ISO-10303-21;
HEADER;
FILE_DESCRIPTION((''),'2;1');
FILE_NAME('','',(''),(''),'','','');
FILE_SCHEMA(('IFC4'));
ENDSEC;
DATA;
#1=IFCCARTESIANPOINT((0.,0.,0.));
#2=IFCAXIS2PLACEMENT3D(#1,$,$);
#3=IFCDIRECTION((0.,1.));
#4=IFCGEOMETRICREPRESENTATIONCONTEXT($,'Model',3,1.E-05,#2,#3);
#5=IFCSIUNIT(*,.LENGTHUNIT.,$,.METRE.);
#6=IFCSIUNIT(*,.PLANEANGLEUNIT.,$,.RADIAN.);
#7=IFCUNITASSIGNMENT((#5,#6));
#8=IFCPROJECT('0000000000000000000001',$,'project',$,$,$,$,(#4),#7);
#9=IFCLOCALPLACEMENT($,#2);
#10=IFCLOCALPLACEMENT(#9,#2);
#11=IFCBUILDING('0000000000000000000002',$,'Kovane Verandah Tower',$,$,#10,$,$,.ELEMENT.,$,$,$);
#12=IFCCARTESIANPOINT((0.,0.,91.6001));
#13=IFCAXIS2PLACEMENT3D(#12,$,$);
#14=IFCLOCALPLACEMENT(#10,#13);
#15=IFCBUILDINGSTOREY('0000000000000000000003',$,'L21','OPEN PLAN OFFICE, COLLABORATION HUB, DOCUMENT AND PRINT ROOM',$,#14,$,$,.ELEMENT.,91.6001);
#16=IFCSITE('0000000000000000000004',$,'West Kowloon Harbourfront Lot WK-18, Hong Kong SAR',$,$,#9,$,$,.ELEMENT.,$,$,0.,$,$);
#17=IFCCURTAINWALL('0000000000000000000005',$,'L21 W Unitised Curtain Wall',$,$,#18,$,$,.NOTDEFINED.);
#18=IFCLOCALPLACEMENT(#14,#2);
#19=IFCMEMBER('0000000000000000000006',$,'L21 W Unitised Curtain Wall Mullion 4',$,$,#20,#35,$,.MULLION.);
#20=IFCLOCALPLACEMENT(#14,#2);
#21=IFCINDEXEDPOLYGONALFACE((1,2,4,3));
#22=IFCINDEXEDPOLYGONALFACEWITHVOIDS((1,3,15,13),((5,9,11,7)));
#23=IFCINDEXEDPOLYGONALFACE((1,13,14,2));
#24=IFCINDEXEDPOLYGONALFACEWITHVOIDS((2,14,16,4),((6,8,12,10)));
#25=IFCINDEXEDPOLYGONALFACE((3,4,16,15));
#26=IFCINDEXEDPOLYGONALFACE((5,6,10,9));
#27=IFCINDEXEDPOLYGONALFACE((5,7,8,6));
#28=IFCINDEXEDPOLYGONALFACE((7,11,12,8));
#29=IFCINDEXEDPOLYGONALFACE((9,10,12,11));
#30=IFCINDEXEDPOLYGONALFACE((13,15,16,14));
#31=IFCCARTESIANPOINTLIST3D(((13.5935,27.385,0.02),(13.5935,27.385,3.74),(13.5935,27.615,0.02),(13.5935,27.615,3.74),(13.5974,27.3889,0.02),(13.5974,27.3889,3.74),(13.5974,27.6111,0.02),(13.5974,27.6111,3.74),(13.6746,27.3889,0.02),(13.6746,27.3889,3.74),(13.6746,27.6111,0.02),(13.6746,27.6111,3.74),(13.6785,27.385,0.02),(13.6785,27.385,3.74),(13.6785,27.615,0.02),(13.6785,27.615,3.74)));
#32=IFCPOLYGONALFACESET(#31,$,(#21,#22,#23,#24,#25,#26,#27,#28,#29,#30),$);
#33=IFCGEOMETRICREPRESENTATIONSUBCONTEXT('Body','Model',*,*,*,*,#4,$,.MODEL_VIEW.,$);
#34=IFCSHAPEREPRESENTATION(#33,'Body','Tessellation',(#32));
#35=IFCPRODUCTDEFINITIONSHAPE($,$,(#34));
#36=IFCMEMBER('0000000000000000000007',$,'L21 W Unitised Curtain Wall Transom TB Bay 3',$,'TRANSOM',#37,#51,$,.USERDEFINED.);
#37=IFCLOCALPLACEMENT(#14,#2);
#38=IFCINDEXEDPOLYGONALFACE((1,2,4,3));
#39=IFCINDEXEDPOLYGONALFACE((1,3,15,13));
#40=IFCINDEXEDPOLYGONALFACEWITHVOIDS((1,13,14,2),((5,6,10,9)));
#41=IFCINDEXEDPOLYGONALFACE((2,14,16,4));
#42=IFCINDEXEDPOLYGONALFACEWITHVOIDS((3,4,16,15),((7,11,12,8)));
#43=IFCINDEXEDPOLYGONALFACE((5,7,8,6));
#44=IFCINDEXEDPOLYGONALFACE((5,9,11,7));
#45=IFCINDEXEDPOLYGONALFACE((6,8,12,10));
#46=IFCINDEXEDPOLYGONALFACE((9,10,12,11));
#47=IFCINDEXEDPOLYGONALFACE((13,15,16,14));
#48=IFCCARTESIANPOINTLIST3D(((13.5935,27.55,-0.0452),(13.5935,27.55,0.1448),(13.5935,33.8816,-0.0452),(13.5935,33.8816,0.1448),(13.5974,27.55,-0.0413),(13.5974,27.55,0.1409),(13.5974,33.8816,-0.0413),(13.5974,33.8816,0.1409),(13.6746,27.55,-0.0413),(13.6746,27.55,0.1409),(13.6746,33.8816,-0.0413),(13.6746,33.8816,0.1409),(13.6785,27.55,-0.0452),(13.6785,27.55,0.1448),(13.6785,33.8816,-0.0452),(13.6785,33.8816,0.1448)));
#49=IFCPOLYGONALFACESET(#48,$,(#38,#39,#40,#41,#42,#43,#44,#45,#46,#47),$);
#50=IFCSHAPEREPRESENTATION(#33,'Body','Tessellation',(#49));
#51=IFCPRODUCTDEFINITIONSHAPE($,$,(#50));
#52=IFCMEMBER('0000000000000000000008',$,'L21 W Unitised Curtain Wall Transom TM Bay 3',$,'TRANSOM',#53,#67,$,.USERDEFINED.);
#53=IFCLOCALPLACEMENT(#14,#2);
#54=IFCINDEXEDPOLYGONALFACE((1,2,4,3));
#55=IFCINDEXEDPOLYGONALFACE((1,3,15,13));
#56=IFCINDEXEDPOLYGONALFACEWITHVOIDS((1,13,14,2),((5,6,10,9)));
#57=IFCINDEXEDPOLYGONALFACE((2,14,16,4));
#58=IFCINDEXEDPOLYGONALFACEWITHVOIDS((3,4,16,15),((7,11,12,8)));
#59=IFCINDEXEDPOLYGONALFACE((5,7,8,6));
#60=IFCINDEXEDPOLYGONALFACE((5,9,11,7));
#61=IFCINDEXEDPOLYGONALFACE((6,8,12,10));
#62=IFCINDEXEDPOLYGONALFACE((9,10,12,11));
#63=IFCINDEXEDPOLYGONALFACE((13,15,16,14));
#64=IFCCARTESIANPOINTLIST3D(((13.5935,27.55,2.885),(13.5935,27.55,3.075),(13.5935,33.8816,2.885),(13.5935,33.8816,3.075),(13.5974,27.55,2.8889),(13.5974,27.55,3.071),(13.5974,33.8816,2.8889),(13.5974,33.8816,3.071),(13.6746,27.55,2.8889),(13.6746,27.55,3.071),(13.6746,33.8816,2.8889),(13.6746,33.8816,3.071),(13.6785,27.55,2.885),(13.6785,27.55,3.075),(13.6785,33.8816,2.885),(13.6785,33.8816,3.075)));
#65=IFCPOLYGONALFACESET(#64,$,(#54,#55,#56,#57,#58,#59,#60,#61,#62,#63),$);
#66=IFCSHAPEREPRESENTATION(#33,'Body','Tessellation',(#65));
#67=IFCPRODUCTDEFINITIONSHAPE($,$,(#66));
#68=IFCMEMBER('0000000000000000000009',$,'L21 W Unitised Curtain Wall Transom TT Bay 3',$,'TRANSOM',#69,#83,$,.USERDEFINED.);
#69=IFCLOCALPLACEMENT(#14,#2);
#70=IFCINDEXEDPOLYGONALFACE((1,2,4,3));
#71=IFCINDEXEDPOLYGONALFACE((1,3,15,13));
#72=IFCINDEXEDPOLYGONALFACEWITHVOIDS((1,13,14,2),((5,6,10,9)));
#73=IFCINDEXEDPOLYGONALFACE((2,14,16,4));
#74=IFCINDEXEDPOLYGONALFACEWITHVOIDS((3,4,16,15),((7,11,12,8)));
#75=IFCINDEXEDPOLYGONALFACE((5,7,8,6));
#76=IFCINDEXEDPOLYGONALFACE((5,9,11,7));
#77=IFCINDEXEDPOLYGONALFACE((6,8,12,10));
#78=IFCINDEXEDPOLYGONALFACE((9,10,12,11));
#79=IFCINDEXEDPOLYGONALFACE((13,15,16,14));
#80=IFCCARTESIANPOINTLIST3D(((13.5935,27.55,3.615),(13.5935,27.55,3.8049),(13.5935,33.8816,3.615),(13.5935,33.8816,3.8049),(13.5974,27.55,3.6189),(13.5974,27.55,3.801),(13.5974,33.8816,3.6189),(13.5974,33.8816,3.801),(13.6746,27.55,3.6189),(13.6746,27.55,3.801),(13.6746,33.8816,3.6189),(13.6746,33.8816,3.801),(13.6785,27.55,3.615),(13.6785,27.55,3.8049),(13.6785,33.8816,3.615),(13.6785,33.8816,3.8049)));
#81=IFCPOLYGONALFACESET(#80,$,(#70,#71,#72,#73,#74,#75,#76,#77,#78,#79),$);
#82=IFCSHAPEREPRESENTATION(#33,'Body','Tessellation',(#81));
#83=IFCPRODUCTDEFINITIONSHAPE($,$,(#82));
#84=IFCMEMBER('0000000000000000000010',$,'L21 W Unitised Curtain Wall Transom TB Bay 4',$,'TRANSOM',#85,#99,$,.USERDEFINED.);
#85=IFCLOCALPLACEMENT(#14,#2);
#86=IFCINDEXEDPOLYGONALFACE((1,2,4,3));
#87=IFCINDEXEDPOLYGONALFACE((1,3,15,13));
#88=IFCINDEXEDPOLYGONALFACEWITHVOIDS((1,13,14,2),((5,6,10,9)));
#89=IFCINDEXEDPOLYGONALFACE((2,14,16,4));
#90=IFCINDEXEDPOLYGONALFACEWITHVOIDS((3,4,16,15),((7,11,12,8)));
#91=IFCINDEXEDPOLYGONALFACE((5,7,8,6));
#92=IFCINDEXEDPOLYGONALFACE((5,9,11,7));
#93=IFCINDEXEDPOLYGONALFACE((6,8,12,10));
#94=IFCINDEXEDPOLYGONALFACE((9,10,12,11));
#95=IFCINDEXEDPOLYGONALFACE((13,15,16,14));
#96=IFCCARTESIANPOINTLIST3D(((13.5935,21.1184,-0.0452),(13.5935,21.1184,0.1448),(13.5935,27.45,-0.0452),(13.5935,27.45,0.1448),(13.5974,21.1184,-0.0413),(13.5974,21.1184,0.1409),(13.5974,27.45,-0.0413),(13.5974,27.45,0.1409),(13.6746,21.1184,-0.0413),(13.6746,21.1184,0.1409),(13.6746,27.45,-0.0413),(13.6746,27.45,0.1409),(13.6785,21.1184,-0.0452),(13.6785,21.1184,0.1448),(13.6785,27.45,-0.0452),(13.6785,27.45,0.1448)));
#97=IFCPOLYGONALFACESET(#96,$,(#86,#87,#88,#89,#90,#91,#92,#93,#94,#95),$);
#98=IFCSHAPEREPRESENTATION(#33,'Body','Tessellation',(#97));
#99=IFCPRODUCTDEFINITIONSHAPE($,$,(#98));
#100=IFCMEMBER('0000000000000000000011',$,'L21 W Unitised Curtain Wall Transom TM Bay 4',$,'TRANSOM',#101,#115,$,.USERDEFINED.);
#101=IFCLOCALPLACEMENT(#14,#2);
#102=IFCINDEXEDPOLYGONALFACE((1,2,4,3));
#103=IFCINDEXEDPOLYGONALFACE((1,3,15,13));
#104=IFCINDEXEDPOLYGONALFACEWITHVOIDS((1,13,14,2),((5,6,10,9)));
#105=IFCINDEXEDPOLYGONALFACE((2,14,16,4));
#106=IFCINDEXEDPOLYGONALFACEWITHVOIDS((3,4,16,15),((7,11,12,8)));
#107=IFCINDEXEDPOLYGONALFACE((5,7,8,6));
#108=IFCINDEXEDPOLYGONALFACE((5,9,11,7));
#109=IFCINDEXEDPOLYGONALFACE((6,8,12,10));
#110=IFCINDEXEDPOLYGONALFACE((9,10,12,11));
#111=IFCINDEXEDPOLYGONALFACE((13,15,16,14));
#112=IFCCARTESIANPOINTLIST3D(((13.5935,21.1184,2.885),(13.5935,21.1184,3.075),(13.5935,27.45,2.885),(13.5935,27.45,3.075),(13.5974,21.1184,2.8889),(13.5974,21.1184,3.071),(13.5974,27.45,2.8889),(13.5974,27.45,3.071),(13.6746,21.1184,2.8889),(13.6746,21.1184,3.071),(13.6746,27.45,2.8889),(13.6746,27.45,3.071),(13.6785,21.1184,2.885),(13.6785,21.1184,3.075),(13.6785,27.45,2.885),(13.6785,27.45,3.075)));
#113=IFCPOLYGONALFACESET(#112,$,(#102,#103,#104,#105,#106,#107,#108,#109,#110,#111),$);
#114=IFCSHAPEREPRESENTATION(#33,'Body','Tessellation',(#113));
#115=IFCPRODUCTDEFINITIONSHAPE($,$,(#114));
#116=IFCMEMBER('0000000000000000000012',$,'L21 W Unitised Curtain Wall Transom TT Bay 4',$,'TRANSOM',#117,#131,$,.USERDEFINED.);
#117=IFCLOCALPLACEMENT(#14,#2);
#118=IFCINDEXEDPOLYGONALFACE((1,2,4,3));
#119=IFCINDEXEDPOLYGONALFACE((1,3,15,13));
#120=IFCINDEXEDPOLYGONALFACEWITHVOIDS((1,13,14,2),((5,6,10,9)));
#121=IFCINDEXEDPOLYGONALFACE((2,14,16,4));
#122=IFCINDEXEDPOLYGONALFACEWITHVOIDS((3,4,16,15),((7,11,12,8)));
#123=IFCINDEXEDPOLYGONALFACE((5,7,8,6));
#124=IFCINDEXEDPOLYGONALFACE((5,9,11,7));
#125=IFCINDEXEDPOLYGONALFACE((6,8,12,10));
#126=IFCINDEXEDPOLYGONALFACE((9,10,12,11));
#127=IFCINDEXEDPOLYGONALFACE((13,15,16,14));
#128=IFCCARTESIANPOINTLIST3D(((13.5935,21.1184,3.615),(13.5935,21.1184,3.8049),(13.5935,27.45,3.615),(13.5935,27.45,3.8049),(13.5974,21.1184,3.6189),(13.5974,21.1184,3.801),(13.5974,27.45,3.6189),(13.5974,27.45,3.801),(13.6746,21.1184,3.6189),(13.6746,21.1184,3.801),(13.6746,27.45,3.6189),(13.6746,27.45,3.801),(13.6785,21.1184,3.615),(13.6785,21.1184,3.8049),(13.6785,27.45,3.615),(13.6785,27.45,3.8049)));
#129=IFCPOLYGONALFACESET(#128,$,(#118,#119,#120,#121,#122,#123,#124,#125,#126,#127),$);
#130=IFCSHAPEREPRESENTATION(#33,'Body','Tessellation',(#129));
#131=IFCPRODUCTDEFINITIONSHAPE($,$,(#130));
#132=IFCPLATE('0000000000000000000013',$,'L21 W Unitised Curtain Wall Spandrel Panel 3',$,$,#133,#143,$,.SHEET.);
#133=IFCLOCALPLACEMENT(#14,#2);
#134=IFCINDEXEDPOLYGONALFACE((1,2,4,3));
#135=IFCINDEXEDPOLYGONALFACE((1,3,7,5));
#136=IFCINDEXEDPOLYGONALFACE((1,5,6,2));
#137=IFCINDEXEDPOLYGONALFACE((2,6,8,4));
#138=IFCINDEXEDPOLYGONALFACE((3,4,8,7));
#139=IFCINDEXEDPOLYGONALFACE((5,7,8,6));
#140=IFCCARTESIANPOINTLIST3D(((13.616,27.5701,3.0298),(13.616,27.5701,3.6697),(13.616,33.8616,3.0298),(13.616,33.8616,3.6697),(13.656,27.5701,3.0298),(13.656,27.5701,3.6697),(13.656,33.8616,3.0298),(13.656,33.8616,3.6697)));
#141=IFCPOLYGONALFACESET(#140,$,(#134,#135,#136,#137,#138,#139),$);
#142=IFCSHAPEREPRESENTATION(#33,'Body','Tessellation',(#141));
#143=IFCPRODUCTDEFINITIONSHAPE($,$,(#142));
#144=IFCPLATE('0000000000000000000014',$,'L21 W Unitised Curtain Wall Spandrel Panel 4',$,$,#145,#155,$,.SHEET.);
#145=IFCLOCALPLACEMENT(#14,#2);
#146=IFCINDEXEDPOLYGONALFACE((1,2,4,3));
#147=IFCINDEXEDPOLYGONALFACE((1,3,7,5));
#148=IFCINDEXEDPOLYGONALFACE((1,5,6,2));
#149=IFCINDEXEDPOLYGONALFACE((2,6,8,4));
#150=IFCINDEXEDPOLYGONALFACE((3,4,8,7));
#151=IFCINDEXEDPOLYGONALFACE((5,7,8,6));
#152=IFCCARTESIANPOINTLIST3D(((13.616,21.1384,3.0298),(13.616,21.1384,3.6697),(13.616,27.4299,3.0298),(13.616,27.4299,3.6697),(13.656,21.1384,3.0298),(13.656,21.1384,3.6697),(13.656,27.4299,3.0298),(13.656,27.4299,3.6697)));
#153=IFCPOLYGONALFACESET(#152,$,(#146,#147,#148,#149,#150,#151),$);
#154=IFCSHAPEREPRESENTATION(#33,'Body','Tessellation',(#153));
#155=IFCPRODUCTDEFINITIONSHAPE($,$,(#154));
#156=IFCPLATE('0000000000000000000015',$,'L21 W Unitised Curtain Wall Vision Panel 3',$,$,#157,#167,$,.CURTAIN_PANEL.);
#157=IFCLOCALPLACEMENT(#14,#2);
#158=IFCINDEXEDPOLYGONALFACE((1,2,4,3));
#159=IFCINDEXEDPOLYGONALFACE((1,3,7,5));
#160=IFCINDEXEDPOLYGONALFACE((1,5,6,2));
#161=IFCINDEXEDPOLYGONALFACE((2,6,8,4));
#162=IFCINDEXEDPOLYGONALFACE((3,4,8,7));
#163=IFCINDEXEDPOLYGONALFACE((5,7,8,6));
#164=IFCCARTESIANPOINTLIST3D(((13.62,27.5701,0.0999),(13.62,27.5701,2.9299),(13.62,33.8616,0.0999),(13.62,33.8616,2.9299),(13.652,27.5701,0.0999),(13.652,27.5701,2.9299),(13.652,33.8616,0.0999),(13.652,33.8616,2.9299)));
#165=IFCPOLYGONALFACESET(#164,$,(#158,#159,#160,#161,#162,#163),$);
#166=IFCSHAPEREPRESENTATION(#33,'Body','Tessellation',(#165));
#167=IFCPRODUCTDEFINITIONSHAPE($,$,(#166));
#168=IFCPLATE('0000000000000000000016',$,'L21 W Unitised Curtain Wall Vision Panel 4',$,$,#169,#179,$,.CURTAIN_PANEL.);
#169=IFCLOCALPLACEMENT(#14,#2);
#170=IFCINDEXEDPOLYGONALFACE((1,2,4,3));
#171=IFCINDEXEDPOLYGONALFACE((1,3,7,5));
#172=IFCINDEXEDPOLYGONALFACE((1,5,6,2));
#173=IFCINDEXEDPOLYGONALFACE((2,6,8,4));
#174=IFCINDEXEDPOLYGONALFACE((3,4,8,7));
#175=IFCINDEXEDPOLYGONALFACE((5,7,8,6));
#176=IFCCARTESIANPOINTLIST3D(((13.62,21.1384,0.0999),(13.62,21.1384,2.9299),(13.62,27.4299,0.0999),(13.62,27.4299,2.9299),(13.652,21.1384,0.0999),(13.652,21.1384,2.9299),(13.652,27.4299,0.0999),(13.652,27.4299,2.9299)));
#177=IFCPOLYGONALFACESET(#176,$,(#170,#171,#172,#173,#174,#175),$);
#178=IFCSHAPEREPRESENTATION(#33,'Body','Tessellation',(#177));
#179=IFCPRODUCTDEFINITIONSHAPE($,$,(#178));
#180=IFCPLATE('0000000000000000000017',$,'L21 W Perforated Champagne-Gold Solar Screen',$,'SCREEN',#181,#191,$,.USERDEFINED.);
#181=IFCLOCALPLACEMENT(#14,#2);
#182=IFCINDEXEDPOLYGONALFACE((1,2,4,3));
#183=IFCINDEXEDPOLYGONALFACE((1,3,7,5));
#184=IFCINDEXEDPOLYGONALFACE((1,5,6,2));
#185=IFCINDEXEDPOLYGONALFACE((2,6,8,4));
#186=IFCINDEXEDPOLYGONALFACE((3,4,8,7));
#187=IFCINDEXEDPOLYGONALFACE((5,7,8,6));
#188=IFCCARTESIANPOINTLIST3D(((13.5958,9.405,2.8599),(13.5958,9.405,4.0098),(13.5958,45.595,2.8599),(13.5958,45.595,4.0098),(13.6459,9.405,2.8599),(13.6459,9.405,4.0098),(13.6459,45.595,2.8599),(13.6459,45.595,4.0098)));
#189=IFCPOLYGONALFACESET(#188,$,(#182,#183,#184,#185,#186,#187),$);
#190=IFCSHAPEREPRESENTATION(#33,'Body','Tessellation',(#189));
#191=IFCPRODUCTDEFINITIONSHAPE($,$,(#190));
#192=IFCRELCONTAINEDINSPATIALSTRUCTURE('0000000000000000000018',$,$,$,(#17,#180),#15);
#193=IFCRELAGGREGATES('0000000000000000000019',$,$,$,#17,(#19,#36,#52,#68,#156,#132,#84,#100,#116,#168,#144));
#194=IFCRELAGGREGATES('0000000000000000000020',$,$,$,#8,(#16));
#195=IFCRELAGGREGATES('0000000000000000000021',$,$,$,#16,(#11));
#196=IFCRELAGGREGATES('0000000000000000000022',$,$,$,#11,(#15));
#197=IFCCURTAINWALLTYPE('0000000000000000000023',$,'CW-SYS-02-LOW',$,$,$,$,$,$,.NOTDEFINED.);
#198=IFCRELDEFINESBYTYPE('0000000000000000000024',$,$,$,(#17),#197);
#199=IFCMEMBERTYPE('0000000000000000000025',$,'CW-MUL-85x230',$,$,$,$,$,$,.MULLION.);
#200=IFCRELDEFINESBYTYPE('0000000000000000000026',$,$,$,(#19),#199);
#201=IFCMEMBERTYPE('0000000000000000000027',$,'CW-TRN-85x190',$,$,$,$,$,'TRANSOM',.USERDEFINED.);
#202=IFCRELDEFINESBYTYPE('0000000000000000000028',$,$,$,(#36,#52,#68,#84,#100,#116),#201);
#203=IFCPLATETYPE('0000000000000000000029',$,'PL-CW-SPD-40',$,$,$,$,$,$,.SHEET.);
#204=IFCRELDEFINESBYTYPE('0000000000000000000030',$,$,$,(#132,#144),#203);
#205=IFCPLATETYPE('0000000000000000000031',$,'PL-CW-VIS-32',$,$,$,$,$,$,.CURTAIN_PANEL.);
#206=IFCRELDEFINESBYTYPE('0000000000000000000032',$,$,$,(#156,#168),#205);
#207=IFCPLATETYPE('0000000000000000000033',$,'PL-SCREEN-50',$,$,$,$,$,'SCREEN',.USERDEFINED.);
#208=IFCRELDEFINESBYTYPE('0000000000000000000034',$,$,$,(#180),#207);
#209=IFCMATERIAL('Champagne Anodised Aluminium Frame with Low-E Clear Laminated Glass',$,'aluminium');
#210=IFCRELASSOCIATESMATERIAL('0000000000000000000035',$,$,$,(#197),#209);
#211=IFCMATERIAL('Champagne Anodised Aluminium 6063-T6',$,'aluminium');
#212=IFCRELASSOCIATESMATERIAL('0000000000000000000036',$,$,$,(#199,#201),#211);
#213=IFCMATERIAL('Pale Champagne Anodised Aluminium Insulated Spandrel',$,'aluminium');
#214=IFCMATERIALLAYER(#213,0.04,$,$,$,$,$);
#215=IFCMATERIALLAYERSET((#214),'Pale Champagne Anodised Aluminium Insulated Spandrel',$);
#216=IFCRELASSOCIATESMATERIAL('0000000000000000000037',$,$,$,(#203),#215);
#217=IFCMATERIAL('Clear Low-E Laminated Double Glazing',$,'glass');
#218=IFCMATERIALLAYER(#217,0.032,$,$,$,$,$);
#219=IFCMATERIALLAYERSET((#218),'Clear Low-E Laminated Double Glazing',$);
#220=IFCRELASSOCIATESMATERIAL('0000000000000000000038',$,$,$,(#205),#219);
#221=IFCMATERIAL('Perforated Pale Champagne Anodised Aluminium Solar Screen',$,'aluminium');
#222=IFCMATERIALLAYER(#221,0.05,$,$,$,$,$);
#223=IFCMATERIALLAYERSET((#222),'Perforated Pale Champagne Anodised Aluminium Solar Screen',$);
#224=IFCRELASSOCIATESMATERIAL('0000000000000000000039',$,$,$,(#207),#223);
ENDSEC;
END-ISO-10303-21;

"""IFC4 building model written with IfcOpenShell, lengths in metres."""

from ifc_helpers import new_model, si_unit, direction, frame, origin, origin_2d, place, context, subcontext, project, spatial, rectangle, hollow_rectangle, extrude, material, layer, layer_set, material_profile, profile_set, type_object, element, aggregate, save


model = new_model("IFC4")

# Units and contexts
model_context = context("Model", 3, precision=1e-05, world=origin(), true_north=direction((0.0, 1.0)))
body_context = subcontext(model_context, "Body", "Model", "MODEL_VIEW")
ifc_project = project(units=[si_unit("LENGTHUNIT", "METRE"), si_unit("PLANEANGLEUNIT", "RADIAN")], contexts=[model_context])

# Site, building, storey
site_placement = place(None, origin())
site = spatial("IfcSite", under=ifc_project, at=site_placement, Name="West Kowloon Harbourfront Lot WK-18, Hong Kong SAR", CompositionType="ELEMENT", RefElevation=0.0)
building_placement = place(site_placement, origin())
building = spatial("IfcBuilding", under=site, at=building_placement, Name="Kovane Verandah Tower", CompositionType="ELEMENT")
storey_placement = place(building_placement, frame((0.0, 0.0, 91.6001)))
storey = spatial("IfcBuildingStorey", under=building, at=storey_placement, Name="L21", Description="OPEN PLAN OFFICE, COLLABORATION HUB, DOCUMENT AND PRINT ROOM", CompositionType="ELEMENT", Elevation=91.6001)

# Curtain wall, members, plates
ifc_material_1 = material(Name="Champagne Anodised Aluminium Frame with Low-E Clear Laminated Glass", Category="aluminium")
curtain_wall_type = type_object("IfcCurtainWallType", Name="CW-SYS-02-LOW", PredefinedType="NOTDEFINED", material=ifc_material_1)
curtain_wall_placement = place(storey_placement, origin())
curtain_wall = element("IfcCurtainWall", 1, at=curtain_wall_placement, inside=storey, type_object=curtain_wall_type, Name="L21 W Unitised Curtain Wall", PredefinedType="NOTDEFINED")
ifc_material_2 = material(Name="Champagne Anodised Aluminium 6063-T6", Category="aluminium")
ifc_material_profile_1 = material_profile(ifc_material_2, hollow_rectangle(XDim=0.085, YDim=0.23, WallThickness=0.0039, at=origin_2d()), Name="AL85x230x4")
ifc_profile_set_1 = profile_set([ifc_material_profile_1], Name="Champagne Anodised Aluminium 6063-T6")
member_type_1 = type_object("IfcMemberType", Name="CW-MUL-85x230", PredefinedType="MULLION", material=ifc_profile_set_1)
member_1_placement = place(storey_placement, frame((13.636, 27.5, 0.02), z_axis=(0.0, 0.0, 1.0), x_axis=(-1.0, 0.0, 0.0)))
member_1 = element("IfcMember", 2, at=member_1_placement, type_object=member_type_1, Name="L21 W Unitised Curtain Wall Mullion 4", PredefinedType="MULLION", context=body_context, shape_type="SweptSolid", body=[
    extrude(hollow_rectangle(XDim=0.085, YDim=0.23, WallThickness=0.0039, at=origin_2d()), origin(), (0.0, 0.0, 1.0), 3.72),
])
ifc_material_profile_2 = material_profile(ifc_material_2, hollow_rectangle(XDim=0.085, YDim=0.1899, WallThickness=0.0039, at=origin_2d()), Name="AL85x190x4")
ifc_profile_set_2 = profile_set([ifc_material_profile_2], Name="Champagne Anodised Aluminium 6063-T6")
member_type_2 = type_object("IfcMemberType", Name="CW-TRN-85x190", ElementType="TRANSOM", PredefinedType="USERDEFINED", material=ifc_profile_set_2)
member_2_placement = place(storey_placement, frame((13.636, 33.8816, 0.0498), z_axis=(0.0, -1.0, 0.0), x_axis=(1.0, 0.0, 0.0)))
member_2 = element("IfcMember", 3, at=member_2_placement, type_object=member_type_2, Name="L21 W Unitised Curtain Wall Transom TB Bay 3", ObjectType="TRANSOM", PredefinedType="USERDEFINED", context=body_context, shape_type="SweptSolid", body=[
    extrude(hollow_rectangle(XDim=0.085, YDim=0.1899, WallThickness=0.0039, at=origin_2d()), origin(), (0.0, 0.0, 1.0), 6.3315),
])
member_3_placement = place(storey_placement, frame((13.636, 33.8816, 2.98), z_axis=(0.0, -1.0, 0.0), x_axis=(1.0, 0.0, 0.0)))
member_3 = element("IfcMember", 4, at=member_3_placement, type_object=member_type_2, Name="L21 W Unitised Curtain Wall Transom TM Bay 3", ObjectType="TRANSOM", PredefinedType="USERDEFINED", context=body_context, shape_type="SweptSolid", body=[
    extrude(hollow_rectangle(XDim=0.085, YDim=0.1899, WallThickness=0.0039, at=origin_2d()), origin(), (0.0, 0.0, 1.0), 6.3315),
])
member_4_placement = place(storey_placement, frame((13.636, 33.8816, 3.71), z_axis=(0.0, -1.0, 0.0), x_axis=(1.0, 0.0, 0.0)))
member_4 = element("IfcMember", 5, at=member_4_placement, type_object=member_type_2, Name="L21 W Unitised Curtain Wall Transom TT Bay 3", ObjectType="TRANSOM", PredefinedType="USERDEFINED", context=body_context, shape_type="SweptSolid", body=[
    extrude(hollow_rectangle(XDim=0.085, YDim=0.1899, WallThickness=0.0039, at=origin_2d()), origin(), (0.0, 0.0, 1.0), 6.3315),
])
member_5_placement = place(storey_placement, frame((13.636, 27.45, 0.0498), z_axis=(0.0, -1.0, 0.0), x_axis=(1.0, 0.0, 0.0)))
member_5 = element("IfcMember", 6, at=member_5_placement, type_object=member_type_2, Name="L21 W Unitised Curtain Wall Transom TB Bay 4", ObjectType="TRANSOM", PredefinedType="USERDEFINED", context=body_context, shape_type="SweptSolid", body=[
    extrude(hollow_rectangle(XDim=0.085, YDim=0.1899, WallThickness=0.0039, at=origin_2d()), origin(), (0.0, 0.0, 1.0), 6.3315),
])
member_6_placement = place(storey_placement, frame((13.636, 27.45, 2.98), z_axis=(0.0, -1.0, 0.0), x_axis=(1.0, 0.0, 0.0)))
member_6 = element("IfcMember", 7, at=member_6_placement, type_object=member_type_2, Name="L21 W Unitised Curtain Wall Transom TM Bay 4", ObjectType="TRANSOM", PredefinedType="USERDEFINED", context=body_context, shape_type="SweptSolid", body=[
    extrude(hollow_rectangle(XDim=0.085, YDim=0.1899, WallThickness=0.0039, at=origin_2d()), origin(), (0.0, 0.0, 1.0), 6.3315),
])
member_7_placement = place(storey_placement, frame((13.636, 27.45, 3.71), z_axis=(0.0, -1.0, 0.0), x_axis=(1.0, 0.0, 0.0)))
member_7 = element("IfcMember", 8, at=member_7_placement, type_object=member_type_2, Name="L21 W Unitised Curtain Wall Transom TT Bay 4", ObjectType="TRANSOM", PredefinedType="USERDEFINED", context=body_context, shape_type="SweptSolid", body=[
    extrude(hollow_rectangle(XDim=0.085, YDim=0.1899, WallThickness=0.0039, at=origin_2d()), origin(), (0.0, 0.0, 1.0), 6.3315),
])
ifc_material_3 = material(Name="Pale Champagne Anodised Aluminium Insulated Spandrel", Category="aluminium")
ifc_layer_1 = layer(ifc_material_3, 0.04)
ifc_layer_set_1 = layer_set([ifc_layer_1], Name="Pale Champagne Anodised Aluminium Insulated Spandrel")
plate_type_1 = type_object("IfcPlateType", Name="PL-CW-SPD-40", PredefinedType="SHEET", material=ifc_layer_set_1)
plate_1_placement = place(storey_placement, frame((13.636, 30.7158, 3.0298), z_axis=(0.0, 0.0, 1.0), x_axis=(0.0, -1.0, 0.0)))
plate_1 = element("IfcPlate", 9, at=plate_1_placement, type_object=plate_type_1, Name="L21 W Unitised Curtain Wall Spandrel Panel 3", PredefinedType="SHEET", context=body_context, shape_type="SweptSolid", body=[
    extrude(rectangle(XDim=6.2915, YDim=0.04, at=origin_2d()), origin(), (0.0, 0.0, 1.0), 0.6399),
])
plate_2_placement = place(storey_placement, frame((13.636, 24.2842, 3.0298), z_axis=(0.0, 0.0, 1.0), x_axis=(0.0, -1.0, 0.0)))
plate_2 = element("IfcPlate", 10, at=plate_2_placement, type_object=plate_type_1, Name="L21 W Unitised Curtain Wall Spandrel Panel 4", PredefinedType="SHEET", context=body_context, shape_type="SweptSolid", body=[
    extrude(rectangle(XDim=6.2915, YDim=0.04, at=origin_2d()), origin(), (0.0, 0.0, 1.0), 0.6399),
])
ifc_material_4 = material(Name="Clear Low-E Laminated Double Glazing", Category="glass")
ifc_layer_2 = layer(ifc_material_4, 0.032)
ifc_layer_set_2 = layer_set([ifc_layer_2], Name="Clear Low-E Laminated Double Glazing")
plate_type_2 = type_object("IfcPlateType", Name="PL-CW-VIS-32", PredefinedType="CURTAIN_PANEL", material=ifc_layer_set_2)
plate_3_placement = place(storey_placement, frame((13.636, 30.7158, 0.0999), z_axis=(0.0, 0.0, 1.0), x_axis=(0.0, -1.0, 0.0)))
plate_3 = element("IfcPlate", 11, at=plate_3_placement, type_object=plate_type_2, Name="L21 W Unitised Curtain Wall Vision Panel 3", PredefinedType="CURTAIN_PANEL", context=body_context, shape_type="SweptSolid", body=[
    extrude(rectangle(XDim=6.2915, YDim=0.032, at=origin_2d()), origin(), (0.0, 0.0, 1.0), 2.8301),
])
plate_4_placement = place(storey_placement, frame((13.636, 24.2842, 0.0999), z_axis=(0.0, 0.0, 1.0), x_axis=(0.0, -1.0, 0.0)))
plate_4 = element("IfcPlate", 12, at=plate_4_placement, type_object=plate_type_2, Name="L21 W Unitised Curtain Wall Vision Panel 4", PredefinedType="CURTAIN_PANEL", context=body_context, shape_type="SweptSolid", body=[
    extrude(rectangle(XDim=6.2915, YDim=0.032, at=origin_2d()), origin(), (0.0, 0.0, 1.0), 2.8301),
])
aggregate(curtain_wall, [member_1, member_2, member_3, member_4, plate_3, plate_1, member_5, member_6, member_7, plate_4, plate_2])

# Plate
ifc_material_5 = material(Name="Perforated Pale Champagne Anodised Aluminium Solar Screen", Category="aluminium")
ifc_layer_3 = layer(ifc_material_5, 0.05)
ifc_layer_set_3 = layer_set([ifc_layer_3], Name="Perforated Pale Champagne Anodised Aluminium Solar Screen")
plate_type_3 = type_object("IfcPlateType", Name="PL-SCREEN-50", ElementType="SCREEN", PredefinedType="USERDEFINED", material=ifc_layer_set_3)
plate_5_placement = place(storey_placement, frame((13.6208, 27.5, 2.8599), z_axis=(0.0, 0.0, 1.0), x_axis=(0.0, -1.0, 0.0)))
element("IfcPlate", 13, at=plate_5_placement, inside=storey, type_object=plate_type_3, Name="L21 W Perforated Champagne-Gold Solar Screen", ObjectType="SCREEN", PredefinedType="USERDEFINED", context=body_context, shape_type="SweptSolid", body=[
    extrude(rectangle(XDim=36.1899, YDim=0.05, at=origin_2d()), origin(), (0.0, 0.0, 1.0), 1.1499),
])

save(model, "model.ifc")
